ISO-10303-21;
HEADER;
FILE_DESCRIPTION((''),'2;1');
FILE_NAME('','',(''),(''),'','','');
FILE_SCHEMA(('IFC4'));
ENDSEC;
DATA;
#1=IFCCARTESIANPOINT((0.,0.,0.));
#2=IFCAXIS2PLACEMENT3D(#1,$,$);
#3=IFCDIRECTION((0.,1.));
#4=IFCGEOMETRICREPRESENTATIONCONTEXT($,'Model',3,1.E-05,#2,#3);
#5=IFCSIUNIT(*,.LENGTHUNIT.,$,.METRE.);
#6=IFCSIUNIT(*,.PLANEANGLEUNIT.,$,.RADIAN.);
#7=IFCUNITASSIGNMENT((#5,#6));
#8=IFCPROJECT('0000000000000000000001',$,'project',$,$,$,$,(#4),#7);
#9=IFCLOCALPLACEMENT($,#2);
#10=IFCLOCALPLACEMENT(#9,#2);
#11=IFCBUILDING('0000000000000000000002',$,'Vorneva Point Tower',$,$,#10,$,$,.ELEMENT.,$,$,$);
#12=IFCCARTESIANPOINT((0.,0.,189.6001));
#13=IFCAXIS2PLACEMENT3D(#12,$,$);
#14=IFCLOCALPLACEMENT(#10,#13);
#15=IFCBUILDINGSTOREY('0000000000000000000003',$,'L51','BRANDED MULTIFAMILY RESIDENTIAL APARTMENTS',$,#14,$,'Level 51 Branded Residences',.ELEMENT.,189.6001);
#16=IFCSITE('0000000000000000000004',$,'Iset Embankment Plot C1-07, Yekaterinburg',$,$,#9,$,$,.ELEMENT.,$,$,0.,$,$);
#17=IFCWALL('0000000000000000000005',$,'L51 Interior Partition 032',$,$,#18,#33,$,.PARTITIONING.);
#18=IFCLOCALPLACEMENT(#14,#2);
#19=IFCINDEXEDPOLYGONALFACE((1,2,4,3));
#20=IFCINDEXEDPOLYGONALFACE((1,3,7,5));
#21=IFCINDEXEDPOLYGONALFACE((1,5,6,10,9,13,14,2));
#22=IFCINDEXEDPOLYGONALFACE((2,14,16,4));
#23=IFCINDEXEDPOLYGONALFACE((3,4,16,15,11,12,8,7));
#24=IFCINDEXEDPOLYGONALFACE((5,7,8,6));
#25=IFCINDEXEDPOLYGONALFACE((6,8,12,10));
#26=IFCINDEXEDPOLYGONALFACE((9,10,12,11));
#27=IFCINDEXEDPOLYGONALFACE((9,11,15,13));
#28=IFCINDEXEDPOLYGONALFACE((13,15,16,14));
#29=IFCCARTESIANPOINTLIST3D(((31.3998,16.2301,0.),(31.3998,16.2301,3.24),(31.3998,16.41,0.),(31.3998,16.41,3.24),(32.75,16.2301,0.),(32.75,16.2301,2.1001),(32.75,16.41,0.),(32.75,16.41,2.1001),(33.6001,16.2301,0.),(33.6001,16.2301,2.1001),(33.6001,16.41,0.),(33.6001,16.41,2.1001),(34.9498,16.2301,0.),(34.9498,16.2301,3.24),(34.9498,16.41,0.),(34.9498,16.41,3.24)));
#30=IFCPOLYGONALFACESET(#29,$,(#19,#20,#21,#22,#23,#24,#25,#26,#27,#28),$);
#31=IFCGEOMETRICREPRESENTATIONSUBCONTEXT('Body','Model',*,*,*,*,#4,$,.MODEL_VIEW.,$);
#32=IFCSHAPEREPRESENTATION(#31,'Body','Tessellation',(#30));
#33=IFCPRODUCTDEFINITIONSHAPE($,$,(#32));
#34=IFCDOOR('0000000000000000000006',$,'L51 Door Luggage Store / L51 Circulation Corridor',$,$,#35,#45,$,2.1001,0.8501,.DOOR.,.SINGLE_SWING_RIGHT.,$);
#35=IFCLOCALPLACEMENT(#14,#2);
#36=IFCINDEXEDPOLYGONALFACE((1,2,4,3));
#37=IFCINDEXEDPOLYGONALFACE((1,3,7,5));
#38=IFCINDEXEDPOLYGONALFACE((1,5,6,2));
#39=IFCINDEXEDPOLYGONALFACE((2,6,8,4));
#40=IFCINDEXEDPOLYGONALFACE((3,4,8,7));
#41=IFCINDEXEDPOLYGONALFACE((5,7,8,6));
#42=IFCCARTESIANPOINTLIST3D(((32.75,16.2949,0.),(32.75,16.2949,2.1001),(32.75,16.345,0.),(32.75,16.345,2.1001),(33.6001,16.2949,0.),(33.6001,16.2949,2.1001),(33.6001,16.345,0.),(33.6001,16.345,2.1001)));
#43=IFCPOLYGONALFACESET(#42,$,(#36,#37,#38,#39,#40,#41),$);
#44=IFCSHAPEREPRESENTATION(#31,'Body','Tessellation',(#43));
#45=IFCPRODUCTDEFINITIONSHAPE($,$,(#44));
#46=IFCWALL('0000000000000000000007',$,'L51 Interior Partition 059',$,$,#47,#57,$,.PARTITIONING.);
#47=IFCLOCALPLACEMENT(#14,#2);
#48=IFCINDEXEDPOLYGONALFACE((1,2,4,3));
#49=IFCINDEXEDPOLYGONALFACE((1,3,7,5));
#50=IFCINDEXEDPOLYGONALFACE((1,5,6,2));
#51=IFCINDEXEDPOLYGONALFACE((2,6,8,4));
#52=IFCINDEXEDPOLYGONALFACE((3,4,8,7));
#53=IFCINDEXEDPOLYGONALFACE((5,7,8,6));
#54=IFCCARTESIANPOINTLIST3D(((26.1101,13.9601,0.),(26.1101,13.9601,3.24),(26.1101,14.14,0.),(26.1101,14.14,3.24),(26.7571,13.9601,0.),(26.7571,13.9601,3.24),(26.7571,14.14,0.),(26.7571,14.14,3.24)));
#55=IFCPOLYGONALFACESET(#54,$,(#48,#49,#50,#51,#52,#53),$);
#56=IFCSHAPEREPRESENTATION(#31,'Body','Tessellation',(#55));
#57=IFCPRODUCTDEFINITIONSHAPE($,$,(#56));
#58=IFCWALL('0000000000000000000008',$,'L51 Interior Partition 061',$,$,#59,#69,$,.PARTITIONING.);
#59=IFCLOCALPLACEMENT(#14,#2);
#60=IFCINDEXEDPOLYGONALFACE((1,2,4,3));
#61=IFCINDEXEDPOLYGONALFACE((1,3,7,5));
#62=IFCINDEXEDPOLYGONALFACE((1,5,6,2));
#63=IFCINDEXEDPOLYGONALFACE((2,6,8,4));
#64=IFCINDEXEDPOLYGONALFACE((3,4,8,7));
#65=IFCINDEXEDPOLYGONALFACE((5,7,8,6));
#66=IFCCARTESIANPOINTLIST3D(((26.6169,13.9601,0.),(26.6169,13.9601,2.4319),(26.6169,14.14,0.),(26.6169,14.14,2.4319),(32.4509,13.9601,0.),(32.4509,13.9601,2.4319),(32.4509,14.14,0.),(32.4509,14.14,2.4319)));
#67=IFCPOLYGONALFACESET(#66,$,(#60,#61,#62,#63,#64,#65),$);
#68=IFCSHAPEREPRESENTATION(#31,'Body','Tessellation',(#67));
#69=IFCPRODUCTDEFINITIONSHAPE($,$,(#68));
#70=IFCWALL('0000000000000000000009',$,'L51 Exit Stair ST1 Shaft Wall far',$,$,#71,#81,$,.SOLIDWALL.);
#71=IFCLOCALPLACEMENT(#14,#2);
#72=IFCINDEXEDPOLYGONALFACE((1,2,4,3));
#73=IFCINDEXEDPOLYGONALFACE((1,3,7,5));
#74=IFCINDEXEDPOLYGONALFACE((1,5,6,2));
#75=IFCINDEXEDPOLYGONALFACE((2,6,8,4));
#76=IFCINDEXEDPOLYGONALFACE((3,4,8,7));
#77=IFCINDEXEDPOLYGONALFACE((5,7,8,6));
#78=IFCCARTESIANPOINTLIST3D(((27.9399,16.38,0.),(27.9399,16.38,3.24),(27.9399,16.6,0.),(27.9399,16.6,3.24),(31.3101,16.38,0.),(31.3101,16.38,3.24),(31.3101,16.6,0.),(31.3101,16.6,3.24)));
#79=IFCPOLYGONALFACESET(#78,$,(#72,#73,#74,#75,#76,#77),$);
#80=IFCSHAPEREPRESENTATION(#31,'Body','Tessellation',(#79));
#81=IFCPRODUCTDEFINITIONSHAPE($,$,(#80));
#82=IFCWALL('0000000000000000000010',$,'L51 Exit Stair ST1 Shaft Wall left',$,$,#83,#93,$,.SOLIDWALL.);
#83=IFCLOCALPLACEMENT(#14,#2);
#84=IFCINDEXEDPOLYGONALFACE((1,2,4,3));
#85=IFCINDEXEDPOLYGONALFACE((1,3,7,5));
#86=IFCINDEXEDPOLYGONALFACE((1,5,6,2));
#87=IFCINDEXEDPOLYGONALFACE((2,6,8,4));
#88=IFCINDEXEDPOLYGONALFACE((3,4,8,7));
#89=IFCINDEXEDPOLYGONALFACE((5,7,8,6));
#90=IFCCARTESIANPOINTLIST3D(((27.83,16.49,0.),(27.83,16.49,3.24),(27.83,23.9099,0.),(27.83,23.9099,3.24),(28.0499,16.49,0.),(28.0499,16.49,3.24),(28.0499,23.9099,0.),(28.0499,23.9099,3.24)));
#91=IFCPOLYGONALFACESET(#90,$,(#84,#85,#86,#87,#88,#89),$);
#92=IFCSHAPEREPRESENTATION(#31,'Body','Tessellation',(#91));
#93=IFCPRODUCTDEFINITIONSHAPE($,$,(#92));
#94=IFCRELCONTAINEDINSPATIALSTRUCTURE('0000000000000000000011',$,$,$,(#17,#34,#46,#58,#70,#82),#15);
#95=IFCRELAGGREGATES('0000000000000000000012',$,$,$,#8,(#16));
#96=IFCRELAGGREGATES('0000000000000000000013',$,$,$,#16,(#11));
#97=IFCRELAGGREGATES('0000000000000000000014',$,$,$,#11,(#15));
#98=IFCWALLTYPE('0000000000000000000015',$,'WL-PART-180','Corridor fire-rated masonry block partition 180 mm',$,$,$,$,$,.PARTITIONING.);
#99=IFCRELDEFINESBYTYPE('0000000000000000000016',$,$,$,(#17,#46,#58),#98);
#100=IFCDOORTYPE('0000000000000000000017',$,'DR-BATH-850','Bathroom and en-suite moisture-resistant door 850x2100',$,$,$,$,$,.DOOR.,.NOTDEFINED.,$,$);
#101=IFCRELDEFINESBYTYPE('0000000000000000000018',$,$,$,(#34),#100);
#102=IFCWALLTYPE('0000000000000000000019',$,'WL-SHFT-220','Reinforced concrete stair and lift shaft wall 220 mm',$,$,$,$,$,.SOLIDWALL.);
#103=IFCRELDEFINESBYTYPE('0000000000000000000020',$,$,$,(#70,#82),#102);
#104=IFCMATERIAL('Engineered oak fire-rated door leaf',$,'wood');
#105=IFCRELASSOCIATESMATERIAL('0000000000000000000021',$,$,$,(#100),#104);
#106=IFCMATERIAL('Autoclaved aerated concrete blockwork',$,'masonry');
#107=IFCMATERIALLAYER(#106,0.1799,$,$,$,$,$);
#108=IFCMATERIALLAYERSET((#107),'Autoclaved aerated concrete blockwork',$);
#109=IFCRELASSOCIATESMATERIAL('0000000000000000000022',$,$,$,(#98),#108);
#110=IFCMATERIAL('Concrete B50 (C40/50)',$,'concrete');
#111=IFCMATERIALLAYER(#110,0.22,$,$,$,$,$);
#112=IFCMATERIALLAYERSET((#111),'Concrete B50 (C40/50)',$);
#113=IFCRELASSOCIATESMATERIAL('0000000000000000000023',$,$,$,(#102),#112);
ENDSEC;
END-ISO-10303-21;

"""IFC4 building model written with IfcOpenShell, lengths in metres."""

from ifc_helpers import new_model, si_unit, direction, frame, frame_2d, origin, place, context, subcontext, project, spatial, rectangle, extrude, material, layer, layer_set, type_object, element, fill, save


model = new_model("IFC4")

# Units and contexts
model_context = context("Model", 3, precision=1e-05, world=origin(), true_north=direction((0.0, 1.0)))
body_context = subcontext(model_context, "Body", "Model", "MODEL_VIEW")
ifc_project = project(units=[si_unit("LENGTHUNIT", "METRE"), si_unit("PLANEANGLEUNIT", "RADIAN")], contexts=[model_context])

# Site, building, storey
site_placement = place(None, origin())
site = spatial("IfcSite", under=ifc_project, at=site_placement, Name="Iset Embankment Plot C1-07, Yekaterinburg", CompositionType="ELEMENT", RefElevation=0.0)
building_placement = place(site_placement, origin())
building = spatial("IfcBuilding", under=site, at=building_placement, Name="Vorneva Point Tower", CompositionType="ELEMENT")
storey_placement = place(building_placement, frame((0.0, 0.0, 189.6001)))
storey = spatial("IfcBuildingStorey", under=building, at=storey_placement, Name="L51", Description="BRANDED MULTIFAMILY RESIDENTIAL APARTMENTS", LongName="Level 51 Branded Residences", CompositionType="ELEMENT", Elevation=189.6001)

# Shared definitions
ifc_material_1 = material(Name="Concrete B50 (C40/50)", Category="concrete")

# Shared definitions
ifc_material_2 = material(Name="Engineered oak fire-rated door leaf", Category="wood")
door_type_1 = type_object("IfcDoorType", Name="DR-BATH-850", Description="Bathroom and en-suite moisture-resistant door 850x2100", OperationType="NOTDEFINED", PredefinedType="DOOR", material=ifc_material_2)

# Wall, opening, door
ifc_material_3 = material(Name="Autoclaved aerated concrete blockwork", Category="masonry")
ifc_layer_1 = layer(ifc_material_3, 0.1799)
ifc_layer_set_1 = layer_set([ifc_layer_1], Name="Autoclaved aerated concrete blockwork")
wall_type_1 = type_object("IfcWallType", Name="WL-PART-180", Description="Corridor fire-rated masonry block partition 180 mm", PredefinedType="PARTITIONING", material=ifc_layer_set_1)
wall_1_placement = place(storey_placement, frame((31.3999, 16.3201, 0.0), z_axis=(0.0, 0.0, 1.0), x_axis=(1.0, 0.0, 0.0)))
wall_1 = element("IfcWall", 1, at=wall_1_placement, inside=storey, type_object=wall_type_1, Name="L51 Interior Partition 032", PredefinedType="PARTITIONING", context=body_context, shape_type="SweptSolid", body=[
    extrude(rectangle(XDim=3.55, YDim=0.1799, at=frame_2d((1.7749, 0.0))), origin(), (0.0, 0.0, 1.0), 3.24),
])
opening_1_placement = place(wall_1_placement, frame((1.3501, 0.0, 0.0)))
opening_1 = element("IfcOpeningElement", 2, at=opening_1_placement, cuts=wall_1, PredefinedType="OPENING", context=body_context, shape_type="SweptSolid", body=[
    extrude(rectangle(XDim=0.8501, YDim=2.1001, at=frame_2d((0.425, 1.05))), frame((0.0, 0.105, 0.0), z_axis=(0.0, -1.0, 0.0), x_axis=(1.0, 0.0, 0.0)), (0.0, 0.0, 1.0), 0.2097),
])
door_1_placement = place(opening_1_placement, origin())
door_1 = element("IfcDoor", 3, at=door_1_placement, inside=storey, type_object=door_type_1, Name="L51 Door Luggage Store / L51 Circulation Corridor", OperationType="SINGLE_SWING_RIGHT", OverallHeight=2.1001, OverallWidth=0.8501, PredefinedType="DOOR", context=body_context, shape_type="SweptSolid", body=[
    extrude(rectangle(XDim=0.8501, YDim=2.1001, at=frame_2d((0.425, 1.05))), frame((0.0, 0.0249, 0.0), z_axis=(0.0, -1.0, 0.0), x_axis=(1.0, 0.0, 0.0)), (0.0, 0.0, 1.0), 0.05),
])
fill(opening_1, door_1)

# Wall
wall_2_placement = place(storey_placement, frame((26.1101, 14.05, 0.0), z_axis=(0.0, 0.0, 1.0), x_axis=(1.0, 0.0, 0.0)))
element("IfcWall", 4, at=wall_2_placement, inside=storey, type_object=wall_type_1, Name="L51 Interior Partition 059", PredefinedType="PARTITIONING", context=body_context, shape_type="SweptSolid", body=[
    extrude(rectangle(XDim=0.647, YDim=0.1799, at=frame_2d((0.3235, 0.0))), origin(), (0.0, 0.0, 1.0), 3.24),
])

# Walls
wall_3_placement = place(storey_placement, frame((26.6169, 14.05, 0.0), z_axis=(0.0, 0.0, 1.0), x_axis=(1.0, 0.0, 0.0)))
element("IfcWall", 5, at=wall_3_placement, inside=storey, type_object=wall_type_1, Name="L51 Interior Partition 061", PredefinedType="PARTITIONING", context=body_context, shape_type="SweptSolid", body=[
    extrude(rectangle(XDim=5.834, YDim=0.1799, at=frame_2d((2.917, 0.0))), origin(), (0.0, 0.0, 1.0), 2.4319),
])
ifc_layer_2 = layer(ifc_material_1, 0.22)
ifc_layer_set_2 = layer_set([ifc_layer_2], Name="Concrete B50 (C40/50)")
wall_type_2 = type_object("IfcWallType", Name="WL-SHFT-220", Description="Reinforced concrete stair and lift shaft wall 220 mm", PredefinedType="SOLIDWALL", material=ifc_layer_set_2)
wall_4_placement = place(storey_placement, frame((31.3101, 16.49, 0.0), z_axis=(0.0, 0.0, 1.0), x_axis=(-1.0, 0.0, 0.0)))
element("IfcWall", 6, at=wall_4_placement, inside=storey, type_object=wall_type_2, Name="L51 Exit Stair ST1 Shaft Wall far", PredefinedType="SOLIDWALL", context=body_context, shape_type="SweptSolid", body=[
    extrude(rectangle(XDim=3.3701, YDim=0.22, at=frame_2d((1.6851, 0.0))), origin(), (0.0, 0.0, 1.0), 3.24),
])
wall_5_placement = place(storey_placement, frame((27.9399, 16.49, 0.0), z_axis=(0.0, 0.0, 1.0), x_axis=(0.0, 1.0, 0.0)))
element("IfcWall", 7, at=wall_5_placement, inside=storey, type_object=wall_type_2, Name="L51 Exit Stair ST1 Shaft Wall left", PredefinedType="SOLIDWALL", context=body_context, shape_type="SweptSolid", body=[
    extrude(rectangle(XDim=7.4199, YDim=0.22, at=frame_2d((3.71, 0.0))), origin(), (0.0, 0.0, 1.0), 3.24),
])

save(model, "model.ifc")
